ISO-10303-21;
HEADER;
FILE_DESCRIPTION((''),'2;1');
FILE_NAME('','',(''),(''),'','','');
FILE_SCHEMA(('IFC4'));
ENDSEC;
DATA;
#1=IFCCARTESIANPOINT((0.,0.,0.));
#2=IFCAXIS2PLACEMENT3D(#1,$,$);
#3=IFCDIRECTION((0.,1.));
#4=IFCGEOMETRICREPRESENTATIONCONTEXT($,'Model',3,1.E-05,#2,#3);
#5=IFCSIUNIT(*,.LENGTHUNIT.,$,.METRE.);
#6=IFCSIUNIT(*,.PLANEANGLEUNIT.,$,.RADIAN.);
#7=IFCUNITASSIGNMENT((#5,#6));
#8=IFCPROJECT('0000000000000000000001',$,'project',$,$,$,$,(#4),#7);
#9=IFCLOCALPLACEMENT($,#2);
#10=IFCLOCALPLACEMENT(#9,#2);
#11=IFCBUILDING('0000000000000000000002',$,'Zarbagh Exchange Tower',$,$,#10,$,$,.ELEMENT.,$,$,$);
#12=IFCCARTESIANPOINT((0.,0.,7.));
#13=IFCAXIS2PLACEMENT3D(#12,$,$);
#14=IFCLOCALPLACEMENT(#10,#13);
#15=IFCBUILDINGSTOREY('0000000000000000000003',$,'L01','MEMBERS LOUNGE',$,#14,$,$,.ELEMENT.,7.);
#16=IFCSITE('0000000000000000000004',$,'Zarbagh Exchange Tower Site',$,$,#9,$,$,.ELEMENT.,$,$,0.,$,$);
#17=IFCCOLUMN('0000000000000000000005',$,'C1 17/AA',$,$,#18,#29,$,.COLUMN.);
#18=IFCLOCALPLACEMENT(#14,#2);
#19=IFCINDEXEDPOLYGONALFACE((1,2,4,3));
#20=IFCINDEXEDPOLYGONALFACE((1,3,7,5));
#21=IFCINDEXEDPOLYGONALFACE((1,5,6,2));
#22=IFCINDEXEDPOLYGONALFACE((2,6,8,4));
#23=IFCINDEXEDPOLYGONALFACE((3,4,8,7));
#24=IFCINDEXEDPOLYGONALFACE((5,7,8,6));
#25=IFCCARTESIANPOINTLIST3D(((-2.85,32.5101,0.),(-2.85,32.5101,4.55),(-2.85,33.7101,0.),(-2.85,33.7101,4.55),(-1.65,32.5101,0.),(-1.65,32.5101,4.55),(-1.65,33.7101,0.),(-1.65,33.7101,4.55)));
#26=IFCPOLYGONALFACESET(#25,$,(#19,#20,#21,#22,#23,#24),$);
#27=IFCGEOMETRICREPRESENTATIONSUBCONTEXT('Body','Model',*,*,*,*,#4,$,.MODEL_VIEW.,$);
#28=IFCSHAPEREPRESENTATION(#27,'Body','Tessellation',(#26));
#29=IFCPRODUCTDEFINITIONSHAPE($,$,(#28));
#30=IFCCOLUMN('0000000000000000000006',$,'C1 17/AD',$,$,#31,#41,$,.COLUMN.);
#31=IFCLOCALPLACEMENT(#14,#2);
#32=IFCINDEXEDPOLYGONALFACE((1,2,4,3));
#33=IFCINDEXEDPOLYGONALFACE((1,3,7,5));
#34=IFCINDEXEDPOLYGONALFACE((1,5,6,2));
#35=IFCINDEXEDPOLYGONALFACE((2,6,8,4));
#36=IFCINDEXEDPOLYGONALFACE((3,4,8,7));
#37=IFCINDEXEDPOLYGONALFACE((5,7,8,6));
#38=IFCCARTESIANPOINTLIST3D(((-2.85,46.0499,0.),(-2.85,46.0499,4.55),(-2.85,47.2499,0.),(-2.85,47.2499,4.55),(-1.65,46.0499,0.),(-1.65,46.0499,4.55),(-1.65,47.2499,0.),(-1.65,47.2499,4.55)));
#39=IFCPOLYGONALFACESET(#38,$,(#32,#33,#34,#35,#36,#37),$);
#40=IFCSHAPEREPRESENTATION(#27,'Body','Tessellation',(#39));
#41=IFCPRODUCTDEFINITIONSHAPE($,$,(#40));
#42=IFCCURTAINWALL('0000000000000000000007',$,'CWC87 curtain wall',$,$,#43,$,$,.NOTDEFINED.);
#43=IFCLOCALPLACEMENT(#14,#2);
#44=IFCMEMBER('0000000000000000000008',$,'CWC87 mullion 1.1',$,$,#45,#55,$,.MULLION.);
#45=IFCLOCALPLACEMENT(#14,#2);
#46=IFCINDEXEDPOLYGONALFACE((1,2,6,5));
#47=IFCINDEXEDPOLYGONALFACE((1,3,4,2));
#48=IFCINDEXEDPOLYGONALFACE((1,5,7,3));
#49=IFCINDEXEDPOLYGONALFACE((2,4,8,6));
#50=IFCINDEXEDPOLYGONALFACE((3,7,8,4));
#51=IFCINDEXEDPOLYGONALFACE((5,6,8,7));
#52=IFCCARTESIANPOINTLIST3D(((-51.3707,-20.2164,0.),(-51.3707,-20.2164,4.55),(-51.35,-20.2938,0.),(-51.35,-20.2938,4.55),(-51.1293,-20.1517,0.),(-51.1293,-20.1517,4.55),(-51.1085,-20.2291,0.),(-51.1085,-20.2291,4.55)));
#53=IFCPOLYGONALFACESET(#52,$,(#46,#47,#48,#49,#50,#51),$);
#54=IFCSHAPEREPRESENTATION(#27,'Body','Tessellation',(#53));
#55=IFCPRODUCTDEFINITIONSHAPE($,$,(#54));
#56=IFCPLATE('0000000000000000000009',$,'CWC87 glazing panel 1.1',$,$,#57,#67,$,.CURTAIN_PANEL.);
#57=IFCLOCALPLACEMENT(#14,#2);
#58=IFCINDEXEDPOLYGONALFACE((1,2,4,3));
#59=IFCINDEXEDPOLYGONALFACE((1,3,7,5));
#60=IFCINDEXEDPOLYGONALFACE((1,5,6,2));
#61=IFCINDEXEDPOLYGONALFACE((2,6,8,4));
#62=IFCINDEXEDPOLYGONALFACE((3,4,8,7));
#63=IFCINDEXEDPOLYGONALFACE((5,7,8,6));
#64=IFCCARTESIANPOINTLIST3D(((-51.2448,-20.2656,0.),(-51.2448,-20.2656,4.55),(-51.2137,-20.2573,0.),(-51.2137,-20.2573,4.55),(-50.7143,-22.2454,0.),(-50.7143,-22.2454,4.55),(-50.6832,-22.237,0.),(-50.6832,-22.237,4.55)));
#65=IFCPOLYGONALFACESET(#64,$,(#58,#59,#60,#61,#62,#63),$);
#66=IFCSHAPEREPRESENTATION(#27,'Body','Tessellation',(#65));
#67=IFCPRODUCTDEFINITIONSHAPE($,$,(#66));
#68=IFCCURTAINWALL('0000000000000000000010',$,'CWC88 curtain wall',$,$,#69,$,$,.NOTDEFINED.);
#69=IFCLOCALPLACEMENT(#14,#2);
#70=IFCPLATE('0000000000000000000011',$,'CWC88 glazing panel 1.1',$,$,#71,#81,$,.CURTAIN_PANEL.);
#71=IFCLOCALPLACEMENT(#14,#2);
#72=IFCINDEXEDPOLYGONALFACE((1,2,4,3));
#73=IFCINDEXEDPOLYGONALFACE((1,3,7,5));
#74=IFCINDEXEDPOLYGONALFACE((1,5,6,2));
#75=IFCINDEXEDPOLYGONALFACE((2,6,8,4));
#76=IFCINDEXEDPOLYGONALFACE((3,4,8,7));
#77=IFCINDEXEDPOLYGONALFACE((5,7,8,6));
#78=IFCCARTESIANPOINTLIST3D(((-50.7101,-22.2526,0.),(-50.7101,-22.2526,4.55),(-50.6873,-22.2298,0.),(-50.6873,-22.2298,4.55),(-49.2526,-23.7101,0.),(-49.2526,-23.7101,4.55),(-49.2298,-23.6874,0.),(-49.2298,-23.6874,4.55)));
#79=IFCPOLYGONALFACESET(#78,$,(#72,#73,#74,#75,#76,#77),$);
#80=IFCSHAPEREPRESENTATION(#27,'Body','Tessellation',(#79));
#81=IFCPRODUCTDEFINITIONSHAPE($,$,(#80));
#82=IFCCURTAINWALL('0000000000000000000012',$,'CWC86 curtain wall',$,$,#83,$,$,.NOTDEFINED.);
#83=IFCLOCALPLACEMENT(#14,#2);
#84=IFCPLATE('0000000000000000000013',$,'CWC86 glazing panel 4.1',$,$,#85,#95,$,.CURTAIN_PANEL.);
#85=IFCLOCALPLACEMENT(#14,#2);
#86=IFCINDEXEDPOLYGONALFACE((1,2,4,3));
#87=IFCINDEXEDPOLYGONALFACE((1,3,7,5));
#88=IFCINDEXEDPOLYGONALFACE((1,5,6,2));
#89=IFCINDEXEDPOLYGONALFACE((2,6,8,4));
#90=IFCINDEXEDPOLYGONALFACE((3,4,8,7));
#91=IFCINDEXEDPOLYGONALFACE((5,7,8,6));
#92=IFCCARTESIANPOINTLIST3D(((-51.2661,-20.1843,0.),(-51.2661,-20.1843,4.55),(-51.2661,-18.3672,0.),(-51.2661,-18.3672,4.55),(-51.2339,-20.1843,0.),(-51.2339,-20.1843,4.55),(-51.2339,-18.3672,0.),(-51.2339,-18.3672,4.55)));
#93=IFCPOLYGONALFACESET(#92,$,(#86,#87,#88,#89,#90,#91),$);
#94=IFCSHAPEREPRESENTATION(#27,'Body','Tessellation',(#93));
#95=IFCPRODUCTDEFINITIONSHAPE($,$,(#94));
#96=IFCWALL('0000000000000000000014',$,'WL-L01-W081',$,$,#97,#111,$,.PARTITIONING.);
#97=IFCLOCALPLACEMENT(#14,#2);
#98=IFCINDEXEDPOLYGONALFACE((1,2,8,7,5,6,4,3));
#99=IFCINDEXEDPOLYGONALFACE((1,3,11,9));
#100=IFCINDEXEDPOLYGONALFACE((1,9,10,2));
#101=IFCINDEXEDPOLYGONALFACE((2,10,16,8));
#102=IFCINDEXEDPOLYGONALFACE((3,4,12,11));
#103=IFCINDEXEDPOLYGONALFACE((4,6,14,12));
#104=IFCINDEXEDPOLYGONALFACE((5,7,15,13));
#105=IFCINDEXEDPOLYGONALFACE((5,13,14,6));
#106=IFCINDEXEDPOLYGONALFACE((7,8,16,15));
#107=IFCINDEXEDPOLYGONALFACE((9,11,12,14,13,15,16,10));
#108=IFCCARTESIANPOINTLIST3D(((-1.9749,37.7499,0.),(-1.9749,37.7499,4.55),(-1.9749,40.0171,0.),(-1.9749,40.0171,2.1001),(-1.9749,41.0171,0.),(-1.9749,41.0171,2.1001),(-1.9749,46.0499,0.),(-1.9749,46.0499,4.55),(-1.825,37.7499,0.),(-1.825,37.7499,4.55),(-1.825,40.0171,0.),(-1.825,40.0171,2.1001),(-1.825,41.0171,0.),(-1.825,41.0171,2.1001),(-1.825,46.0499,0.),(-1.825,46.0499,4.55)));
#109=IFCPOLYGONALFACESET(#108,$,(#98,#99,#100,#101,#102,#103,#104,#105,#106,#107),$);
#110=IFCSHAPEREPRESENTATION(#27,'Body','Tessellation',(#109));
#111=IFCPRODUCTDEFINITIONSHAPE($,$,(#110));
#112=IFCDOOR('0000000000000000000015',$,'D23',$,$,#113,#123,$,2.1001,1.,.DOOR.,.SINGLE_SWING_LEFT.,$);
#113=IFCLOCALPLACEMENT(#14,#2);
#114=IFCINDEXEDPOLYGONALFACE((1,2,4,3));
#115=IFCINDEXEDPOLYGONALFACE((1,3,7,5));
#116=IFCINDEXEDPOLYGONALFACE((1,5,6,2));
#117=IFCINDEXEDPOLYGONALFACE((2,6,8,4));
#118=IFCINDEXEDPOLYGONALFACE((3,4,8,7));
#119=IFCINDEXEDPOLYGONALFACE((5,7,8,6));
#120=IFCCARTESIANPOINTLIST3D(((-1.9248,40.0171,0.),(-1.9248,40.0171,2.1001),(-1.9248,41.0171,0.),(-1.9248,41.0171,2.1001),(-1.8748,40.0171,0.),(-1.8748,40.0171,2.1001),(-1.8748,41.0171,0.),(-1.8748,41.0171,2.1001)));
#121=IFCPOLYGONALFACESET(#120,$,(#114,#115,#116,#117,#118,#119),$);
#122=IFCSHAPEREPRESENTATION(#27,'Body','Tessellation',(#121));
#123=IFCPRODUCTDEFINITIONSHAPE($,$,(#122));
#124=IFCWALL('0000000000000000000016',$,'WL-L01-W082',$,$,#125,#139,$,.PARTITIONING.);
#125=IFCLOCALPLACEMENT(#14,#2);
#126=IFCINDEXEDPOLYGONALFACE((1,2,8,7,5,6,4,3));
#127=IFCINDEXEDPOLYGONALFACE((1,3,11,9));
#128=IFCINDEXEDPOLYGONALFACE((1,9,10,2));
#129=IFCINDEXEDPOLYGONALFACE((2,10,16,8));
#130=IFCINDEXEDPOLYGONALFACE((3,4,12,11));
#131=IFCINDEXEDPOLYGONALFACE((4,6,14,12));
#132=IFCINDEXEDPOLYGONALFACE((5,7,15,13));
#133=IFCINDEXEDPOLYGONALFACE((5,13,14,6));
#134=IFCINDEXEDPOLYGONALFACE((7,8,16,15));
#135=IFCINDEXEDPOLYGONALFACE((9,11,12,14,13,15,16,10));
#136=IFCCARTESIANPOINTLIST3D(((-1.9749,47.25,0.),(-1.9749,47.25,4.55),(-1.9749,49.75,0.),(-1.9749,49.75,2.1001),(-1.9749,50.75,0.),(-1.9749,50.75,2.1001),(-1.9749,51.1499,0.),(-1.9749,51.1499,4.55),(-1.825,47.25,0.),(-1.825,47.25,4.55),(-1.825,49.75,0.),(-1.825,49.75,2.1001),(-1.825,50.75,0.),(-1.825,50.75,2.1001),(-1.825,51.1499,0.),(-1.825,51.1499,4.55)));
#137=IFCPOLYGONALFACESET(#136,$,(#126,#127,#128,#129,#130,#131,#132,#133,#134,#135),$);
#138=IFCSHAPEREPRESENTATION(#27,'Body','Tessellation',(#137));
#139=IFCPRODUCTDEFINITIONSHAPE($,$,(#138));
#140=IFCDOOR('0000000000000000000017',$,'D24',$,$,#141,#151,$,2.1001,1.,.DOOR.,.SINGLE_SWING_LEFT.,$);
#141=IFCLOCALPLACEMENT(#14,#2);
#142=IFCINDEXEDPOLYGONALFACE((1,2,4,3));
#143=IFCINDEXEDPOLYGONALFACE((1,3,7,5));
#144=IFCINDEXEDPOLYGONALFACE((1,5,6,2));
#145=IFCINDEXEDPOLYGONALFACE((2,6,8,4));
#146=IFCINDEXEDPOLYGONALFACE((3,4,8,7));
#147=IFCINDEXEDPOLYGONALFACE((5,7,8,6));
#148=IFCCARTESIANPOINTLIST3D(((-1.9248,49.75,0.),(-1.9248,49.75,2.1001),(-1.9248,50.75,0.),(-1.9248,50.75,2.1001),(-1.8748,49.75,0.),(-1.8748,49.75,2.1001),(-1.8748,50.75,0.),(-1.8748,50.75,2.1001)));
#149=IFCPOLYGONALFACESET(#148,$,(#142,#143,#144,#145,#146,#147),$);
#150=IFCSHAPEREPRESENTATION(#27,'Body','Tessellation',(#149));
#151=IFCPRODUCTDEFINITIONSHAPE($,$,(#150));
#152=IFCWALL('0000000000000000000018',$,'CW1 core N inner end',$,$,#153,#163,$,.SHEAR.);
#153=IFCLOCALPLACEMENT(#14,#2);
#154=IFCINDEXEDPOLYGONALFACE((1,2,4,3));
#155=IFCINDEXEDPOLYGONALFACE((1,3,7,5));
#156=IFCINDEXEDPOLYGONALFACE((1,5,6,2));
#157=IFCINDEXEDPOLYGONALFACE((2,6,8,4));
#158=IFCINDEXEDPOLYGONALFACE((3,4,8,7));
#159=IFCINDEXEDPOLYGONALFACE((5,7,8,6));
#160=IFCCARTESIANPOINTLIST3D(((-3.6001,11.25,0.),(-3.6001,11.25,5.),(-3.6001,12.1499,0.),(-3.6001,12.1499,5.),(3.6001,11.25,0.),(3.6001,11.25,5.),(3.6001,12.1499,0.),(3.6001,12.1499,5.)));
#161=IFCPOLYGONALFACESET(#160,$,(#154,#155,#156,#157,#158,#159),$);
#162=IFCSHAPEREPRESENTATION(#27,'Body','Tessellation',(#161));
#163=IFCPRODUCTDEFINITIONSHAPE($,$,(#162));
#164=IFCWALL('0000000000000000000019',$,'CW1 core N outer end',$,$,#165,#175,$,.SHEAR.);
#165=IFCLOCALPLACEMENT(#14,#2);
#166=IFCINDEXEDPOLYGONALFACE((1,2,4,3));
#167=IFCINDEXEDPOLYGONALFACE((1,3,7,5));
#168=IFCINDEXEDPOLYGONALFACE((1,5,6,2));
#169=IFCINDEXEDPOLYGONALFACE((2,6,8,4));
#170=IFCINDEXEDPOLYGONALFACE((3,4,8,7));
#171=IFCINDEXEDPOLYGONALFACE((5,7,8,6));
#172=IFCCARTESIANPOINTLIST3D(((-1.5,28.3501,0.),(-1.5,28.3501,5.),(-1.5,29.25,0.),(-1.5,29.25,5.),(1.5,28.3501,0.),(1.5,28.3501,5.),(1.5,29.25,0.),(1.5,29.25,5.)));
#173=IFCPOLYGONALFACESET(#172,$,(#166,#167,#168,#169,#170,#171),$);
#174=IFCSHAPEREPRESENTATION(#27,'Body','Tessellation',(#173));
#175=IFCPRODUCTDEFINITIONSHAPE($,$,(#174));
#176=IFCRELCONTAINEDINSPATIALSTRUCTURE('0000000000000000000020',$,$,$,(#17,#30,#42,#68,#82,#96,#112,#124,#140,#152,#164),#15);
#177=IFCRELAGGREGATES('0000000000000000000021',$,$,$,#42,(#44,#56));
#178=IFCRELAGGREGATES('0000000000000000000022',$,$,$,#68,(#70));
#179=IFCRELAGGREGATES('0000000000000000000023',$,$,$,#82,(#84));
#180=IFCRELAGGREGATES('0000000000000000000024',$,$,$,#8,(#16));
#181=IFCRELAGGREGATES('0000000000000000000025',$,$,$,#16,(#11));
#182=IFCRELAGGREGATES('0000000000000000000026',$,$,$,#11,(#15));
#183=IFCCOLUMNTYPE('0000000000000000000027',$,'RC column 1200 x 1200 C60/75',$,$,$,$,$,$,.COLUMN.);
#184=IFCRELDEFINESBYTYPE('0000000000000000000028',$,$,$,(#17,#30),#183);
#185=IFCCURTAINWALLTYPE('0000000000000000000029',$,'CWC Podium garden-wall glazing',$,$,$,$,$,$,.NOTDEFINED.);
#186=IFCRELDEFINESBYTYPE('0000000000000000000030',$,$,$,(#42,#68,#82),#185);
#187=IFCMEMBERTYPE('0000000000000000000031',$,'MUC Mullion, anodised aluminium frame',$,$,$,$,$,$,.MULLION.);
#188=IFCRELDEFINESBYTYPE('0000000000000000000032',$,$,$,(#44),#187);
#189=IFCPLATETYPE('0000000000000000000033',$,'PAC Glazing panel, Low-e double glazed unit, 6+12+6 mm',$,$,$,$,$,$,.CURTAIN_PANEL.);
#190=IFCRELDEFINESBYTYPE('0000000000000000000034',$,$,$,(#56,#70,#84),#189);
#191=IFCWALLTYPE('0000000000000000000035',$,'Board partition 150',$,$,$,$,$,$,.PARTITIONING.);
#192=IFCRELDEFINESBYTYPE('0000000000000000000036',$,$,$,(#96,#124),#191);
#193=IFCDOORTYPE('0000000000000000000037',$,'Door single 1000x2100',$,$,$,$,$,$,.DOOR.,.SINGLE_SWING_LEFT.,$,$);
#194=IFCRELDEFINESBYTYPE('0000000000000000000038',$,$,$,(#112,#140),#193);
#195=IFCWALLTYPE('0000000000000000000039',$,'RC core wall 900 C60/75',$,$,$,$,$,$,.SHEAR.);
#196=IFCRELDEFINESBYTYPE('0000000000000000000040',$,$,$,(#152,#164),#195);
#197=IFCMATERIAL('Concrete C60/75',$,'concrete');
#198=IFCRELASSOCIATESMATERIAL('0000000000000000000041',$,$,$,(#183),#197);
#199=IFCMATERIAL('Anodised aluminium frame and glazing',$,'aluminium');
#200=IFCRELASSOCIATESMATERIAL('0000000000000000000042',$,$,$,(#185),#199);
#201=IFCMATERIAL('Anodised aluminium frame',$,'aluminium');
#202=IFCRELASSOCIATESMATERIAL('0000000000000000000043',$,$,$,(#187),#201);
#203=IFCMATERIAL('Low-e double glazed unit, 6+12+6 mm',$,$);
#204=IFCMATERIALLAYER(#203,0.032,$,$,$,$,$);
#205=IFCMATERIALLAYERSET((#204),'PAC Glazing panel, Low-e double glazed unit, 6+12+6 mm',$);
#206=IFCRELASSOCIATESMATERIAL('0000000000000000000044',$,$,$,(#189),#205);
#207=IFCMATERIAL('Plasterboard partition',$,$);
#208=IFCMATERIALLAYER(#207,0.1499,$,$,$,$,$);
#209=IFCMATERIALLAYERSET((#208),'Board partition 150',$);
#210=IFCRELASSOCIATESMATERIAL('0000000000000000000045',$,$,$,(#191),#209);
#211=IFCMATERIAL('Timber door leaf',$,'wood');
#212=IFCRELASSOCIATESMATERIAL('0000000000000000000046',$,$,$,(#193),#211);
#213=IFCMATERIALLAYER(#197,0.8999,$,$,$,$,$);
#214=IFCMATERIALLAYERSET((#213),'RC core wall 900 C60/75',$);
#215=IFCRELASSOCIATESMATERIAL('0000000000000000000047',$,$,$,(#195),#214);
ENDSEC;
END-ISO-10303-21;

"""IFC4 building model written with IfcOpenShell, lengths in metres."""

from ifc_helpers import new_model, si_unit, direction, frame, frame_2d, origin, origin_2d, place, context, subcontext, project, spatial, polyline, rectangle, outline, extrude, source, transform, mapped, material, layer, layer_set, material_profile, profile_set, type_object, element, fill, aggregate, save


model = new_model("IFC4")

# Units and contexts
model_context = context("Model", 3, precision=1e-05, world=origin(), true_north=direction((0.0, 1.0)))
body_context = subcontext(model_context, "Body", "Model", "MODEL_VIEW")
ifc_project = project(units=[si_unit("LENGTHUNIT", "METRE"), si_unit("PLANEANGLEUNIT", "RADIAN")], contexts=[model_context])

# Site, building, storey
site_placement = place(None, origin())
site = spatial("IfcSite", under=ifc_project, at=site_placement, Name="Zarbagh Exchange Tower Site", CompositionType="ELEMENT", RefElevation=0.0)
building_placement = place(site_placement, origin())
building = spatial("IfcBuilding", under=site, at=building_placement, Name="Zarbagh Exchange Tower", CompositionType="ELEMENT")
storey_placement = place(building_placement, frame((0.0, 0.0, 7.0)))
storey = spatial("IfcBuildingStorey", under=building, at=storey_placement, Name="L01", Description="MEMBERS LOUNGE", CompositionType="ELEMENT", Elevation=7.0)

# Columns
ifc_material_1 = material(Name="Concrete C60/75", Category="concrete")
ifc_material_profile = material_profile(ifc_material_1, rectangle(XDim=1.2, YDim=1.2, at=origin_2d()), Name="RC column 1200 x 1200 C60/75")
ifc_profile_set = profile_set([ifc_material_profile], Name="Concrete C60/75")
column_type = type_object("IfcColumnType", Name="RC column 1200 x 1200 C60/75", PredefinedType="COLUMN", material=ifc_profile_set)
for number, where, z_axis, x_axis, name in (
    (1, (-2.25, 33.1101, 0.0), (0.0, 0.0, 1.0), (1.0, 0.0, 0.0), "C1 17/AA"),
    (2, (-2.25, 46.6499, 0.0), (0.0, 0.0, 1.0), (1.0, 0.0, 0.0), "C1 17/AD"),
):
    element("IfcColumn", number, at=place(storey_placement, frame(where, z_axis=z_axis, x_axis=x_axis)), inside=storey, type_object=column_type, Name=name, PredefinedType="COLUMN", context=body_context, shape_type="SweptSolid", body=[
        extrude(rectangle(XDim=1.2, YDim=1.2, at=origin_2d()), origin(), (0.0, 0.0, 1.0), 4.55),
    ])

# Curtain wall, member, plate
ifc_material_2 = material(Name="Anodised aluminium frame and glazing", Category="aluminium")
curtain_wall_type = type_object("IfcCurtainWallType", Name="CWC Podium garden-wall glazing", PredefinedType="NOTDEFINED", material=ifc_material_2)
curtain_wall_1_placement = place(storey_placement, origin())
curtain_wall_1 = element("IfcCurtainWall", 3, at=curtain_wall_1_placement, inside=storey, type_object=curtain_wall_type, Name="CWC87 curtain wall", PredefinedType="NOTDEFINED")
ifc_material_3 = material(Name="Anodised aluminium frame", Category="aluminium")
member_type = type_object("IfcMemberType", Name="MUC Mullion, anodised aluminium frame", PredefinedType="MULLION", material=ifc_material_3)
shared_shape_1 = source(origin(), body_context, "Body", "SweptSolid", [
    extrude(outline(polyline([(0.0, -0.125), (0.0801, -0.125), (0.0801, 0.125), (0.0, 0.125), (0.0, -0.125)])), origin(), (0.0, 0.0, 1.0), 4.55),
])
placement = place(storey_placement, origin())
member = element("IfcMember", 4, at=placement, type_object=member_type, Name="CWC87 mullion 1.1", PredefinedType="MULLION", context=body_context, shape_type="MappedRepresentation", body=[
    mapped(shared_shape_1, transform((-51.25, -20.1841, 0.0), x_axis=(0.258825, -0.965924, 0.0), y_axis=(0.965924, 0.258825, 0.0), z_axis=(0.0, 0.0, 1.0))),
])
ifc_material_4 = material(Name="Low-e double glazed unit, 6+12+6 mm")
ifc_layer_1 = layer(ifc_material_4, 0.032)
ifc_layer_set_1 = layer_set([ifc_layer_1], Name="PAC Glazing panel, Low-e double glazed unit, 6+12+6 mm")
plate_type = type_object("IfcPlateType", Name="PAC Glazing panel, Low-e double glazed unit, 6+12+6 mm", PredefinedType="CURTAIN_PANEL", material=ifc_layer_set_1)
shared_shape_2 = source(origin(), body_context, "Body", "SweptSolid", [
    extrude(outline(polyline([(0.0, -0.0161), (2.0496, -0.0161), (2.0496, 0.0161), (0.0, 0.0161), (0.0, -0.0161)])), origin(), (0.0, 0.0, 1.0), 4.55),
])
plate_1 = element("IfcPlate", 5, at=placement, type_object=plate_type, Name="CWC87 glazing panel 1.1", PredefinedType="CURTAIN_PANEL", context=body_context, shape_type="MappedRepresentation", body=[
    mapped(shared_shape_2, transform((-51.2292, -20.2615, 0.0), x_axis=(0.258825, -0.965924, 0.0), y_axis=(0.965924, 0.258825, 0.0), z_axis=(0.0, 0.0, 1.0))),
])
aggregate(curtain_wall_1, [member, plate_1])

# Curtain walls, plates
curtain_wall_2_placement = place(storey_placement, origin())
curtain_wall_2 = element("IfcCurtainWall", 6, at=curtain_wall_2_placement, inside=storey, type_object=curtain_wall_type, Name="CWC88 curtain wall", PredefinedType="NOTDEFINED")
shared_shape_3 = source(origin(), body_context, "Body", "SweptSolid", [
    extrude(outline(polyline([(0.0, -0.0161), (2.0613, -0.0161), (2.0613, 0.0161), (0.0, 0.0161), (0.0, -0.0161)])), origin(), (0.0, 0.0, 1.0), 4.55),
])
plate_2 = element("IfcPlate", 7, at=placement, type_object=plate_type, Name="CWC88 glazing panel 1.1", PredefinedType="CURTAIN_PANEL", context=body_context, shape_type="MappedRepresentation", body=[
    mapped(shared_shape_3, transform((-50.6987, -22.2412, 0.0), x_axis=(0.707107, -0.707107, 0.0), y_axis=(0.707107, 0.707107, 0.0), z_axis=(0.0, 0.0, 1.0))),
])
aggregate(curtain_wall_2, [plate_2])
curtain_wall_3_placement = place(storey_placement, origin())
curtain_wall_3 = element("IfcCurtainWall", 8, at=curtain_wall_3_placement, inside=storey, type_object=curtain_wall_type, Name="CWC86 curtain wall", PredefinedType="NOTDEFINED")
shared_shape_4 = source(origin(), body_context, "Body", "SweptSolid", [
    extrude(outline(polyline([(0.0, -0.0161), (1.8171, -0.0161), (1.8171, 0.0161), (0.0, 0.0161), (0.0, -0.0161)])), origin(), (0.0, 0.0, 1.0), 4.55),
])
plate_3 = element("IfcPlate", 9, at=placement, type_object=plate_type, Name="CWC86 glazing panel 4.1", PredefinedType="CURTAIN_PANEL", context=body_context, shape_type="MappedRepresentation", body=[
    mapped(shared_shape_4, transform((-51.25, -18.3672, 0.0), x_axis=(0.0, -1.0, 0.0), y_axis=(1.0, 0.0, 0.0), z_axis=(0.0, 0.0, 1.0))),
])
aggregate(curtain_wall_3, [plate_3])

# Walls, openings, doors
ifc_material_5 = material(Name="Plasterboard partition")
ifc_layer_2 = layer(ifc_material_5, 0.1499)
ifc_layer_set_2 = layer_set([ifc_layer_2], Name="Board partition 150")
wall_type_1 = type_object("IfcWallType", Name="Board partition 150", PredefinedType="PARTITIONING", material=ifc_layer_set_2)
wall_1_placement = place(storey_placement, frame((-1.8999, 37.75, 0.0), z_axis=(0.0, 0.0, 1.0), x_axis=(0.0, 1.0, 0.0)))
wall_1 = element("IfcWall", 10, at=wall_1_placement, inside=storey, type_object=wall_type_1, Name="WL-L01-W081", PredefinedType="PARTITIONING", context=body_context, shape_type="SweptSolid", body=[
    extrude(rectangle(XDim=8.3, YDim=0.1499, at=frame_2d((4.1499, 0.0))), origin(), (0.0, 0.0, 1.0), 4.55),
])
opening_1_placement = place(wall_1_placement, frame((2.2671, 0.0, 0.0)))
opening_1 = element("IfcOpeningElement", 11, at=opening_1_placement, cuts=wall_1, PredefinedType="OPENING", context=body_context, shape_type="SweptSolid", body=[
    extrude(rectangle(XDim=1.0, YDim=2.1001, at=frame_2d((0.5, 1.05))), frame((0.0, 0.085, 0.0), z_axis=(0.0, -1.0, 0.0), x_axis=(1.0, 0.0, 0.0)), (0.0, 0.0, 1.0), 0.1699),
])
ifc_material_6 = material(Name="Timber door leaf", Category="wood")
door_type_1 = type_object("IfcDoorType", Name="Door single 1000x2100", OperationType="SINGLE_SWING_LEFT", PredefinedType="DOOR", material=ifc_material_6)
door_1_placement = place(opening_1_placement, origin())
door_1 = element("IfcDoor", 12, at=door_1_placement, inside=storey, type_object=door_type_1, Name="D23", OperationType="SINGLE_SWING_LEFT", OverallHeight=2.1001, OverallWidth=1.0, PredefinedType="DOOR", context=body_context, shape_type="SweptSolid", body=[
    extrude(rectangle(XDim=1.0, YDim=2.1001, at=frame_2d((0.5, 1.05))), frame((0.0, 0.0249, 0.0), z_axis=(0.0, -1.0, 0.0), x_axis=(1.0, 0.0, 0.0)), (0.0, 0.0, 1.0), 0.05),
])
fill(opening_1, door_1)
wall_2_placement = place(storey_placement, frame((-1.8999, 47.25, 0.0), z_axis=(0.0, 0.0, 1.0), x_axis=(0.0, 1.0, 0.0)))
wall_2 = element("IfcWall", 13, at=wall_2_placement, inside=storey, type_object=wall_type_1, Name="WL-L01-W082", PredefinedType="PARTITIONING", context=body_context, shape_type="SweptSolid", body=[
    extrude(rectangle(XDim=3.8999, YDim=0.1499, at=frame_2d((1.95, 0.0))), origin(), (0.0, 0.0, 1.0), 4.55),
])
opening_2_placement = place(wall_2_placement, frame((2.5, 0.0, 0.0)))
opening_2 = element("IfcOpeningElement", 14, at=opening_2_placement, cuts=wall_2, PredefinedType="OPENING", context=body_context, shape_type="SweptSolid", body=[
    extrude(rectangle(XDim=1.0, YDim=2.1001, at=frame_2d((0.5, 1.05))), frame((0.0, 0.085, 0.0), z_axis=(0.0, -1.0, 0.0), x_axis=(1.0, 0.0, 0.0)), (0.0, 0.0, 1.0), 0.1699),
])
door_2_placement = place(opening_2_placement, origin())
door_2 = element("IfcDoor", 15, at=door_2_placement, inside=storey, type_object=door_type_1, Name="D24", OperationType="SINGLE_SWING_LEFT", OverallHeight=2.1001, OverallWidth=1.0, PredefinedType="DOOR", context=body_context, shape_type="SweptSolid", body=[
    extrude(rectangle(XDim=1.0, YDim=2.1001, at=frame_2d((0.5, 1.05))), frame((0.0, 0.0249, 0.0), z_axis=(0.0, -1.0, 0.0), x_axis=(1.0, 0.0, 0.0)), (0.0, 0.0, 1.0), 0.05),
])
fill(opening_2, door_2)

# Walls
ifc_layer_3 = layer(ifc_material_1, 0.8999)
ifc_layer_set_3 = layer_set([ifc_layer_3], Name="RC core wall 900 C60/75")
wall_type_2 = type_object("IfcWallType", Name="RC core wall 900 C60/75", PredefinedType="SHEAR", material=ifc_layer_set_3)
wall_3_placement = place(storey_placement, frame((-3.6001, 11.7, 0.0), z_axis=(0.0, 0.0, 1.0), x_axis=(1.0, 0.0, 0.0)))
element("IfcWall", 16, at=wall_3_placement, inside=storey, type_object=wall_type_2, Name="CW1 core N inner end", PredefinedType="SHEAR", context=body_context, shape_type="SweptSolid", body=[
    extrude(rectangle(XDim=7.2002, YDim=0.8999, at=frame_2d((3.6001, 0.0))), origin(), (0.0, 0.0, 1.0), 5.0),
])
wall_4_placement = place(storey_placement, frame((-1.5, 28.8, 0.0), z_axis=(0.0, 0.0, 1.0), x_axis=(1.0, 0.0, 0.0)))
element("IfcWall", 17, at=wall_4_placement, inside=storey, type_object=wall_type_2, Name="CW1 core N outer end", PredefinedType="SHEAR", context=body_context, shape_type="SweptSolid", body=[
    extrude(rectangle(XDim=3.0, YDim=0.8999, at=frame_2d((1.5, 0.0))), origin(), (0.0, 0.0, 1.0), 5.0),
])

save(model, "model.ifc")
